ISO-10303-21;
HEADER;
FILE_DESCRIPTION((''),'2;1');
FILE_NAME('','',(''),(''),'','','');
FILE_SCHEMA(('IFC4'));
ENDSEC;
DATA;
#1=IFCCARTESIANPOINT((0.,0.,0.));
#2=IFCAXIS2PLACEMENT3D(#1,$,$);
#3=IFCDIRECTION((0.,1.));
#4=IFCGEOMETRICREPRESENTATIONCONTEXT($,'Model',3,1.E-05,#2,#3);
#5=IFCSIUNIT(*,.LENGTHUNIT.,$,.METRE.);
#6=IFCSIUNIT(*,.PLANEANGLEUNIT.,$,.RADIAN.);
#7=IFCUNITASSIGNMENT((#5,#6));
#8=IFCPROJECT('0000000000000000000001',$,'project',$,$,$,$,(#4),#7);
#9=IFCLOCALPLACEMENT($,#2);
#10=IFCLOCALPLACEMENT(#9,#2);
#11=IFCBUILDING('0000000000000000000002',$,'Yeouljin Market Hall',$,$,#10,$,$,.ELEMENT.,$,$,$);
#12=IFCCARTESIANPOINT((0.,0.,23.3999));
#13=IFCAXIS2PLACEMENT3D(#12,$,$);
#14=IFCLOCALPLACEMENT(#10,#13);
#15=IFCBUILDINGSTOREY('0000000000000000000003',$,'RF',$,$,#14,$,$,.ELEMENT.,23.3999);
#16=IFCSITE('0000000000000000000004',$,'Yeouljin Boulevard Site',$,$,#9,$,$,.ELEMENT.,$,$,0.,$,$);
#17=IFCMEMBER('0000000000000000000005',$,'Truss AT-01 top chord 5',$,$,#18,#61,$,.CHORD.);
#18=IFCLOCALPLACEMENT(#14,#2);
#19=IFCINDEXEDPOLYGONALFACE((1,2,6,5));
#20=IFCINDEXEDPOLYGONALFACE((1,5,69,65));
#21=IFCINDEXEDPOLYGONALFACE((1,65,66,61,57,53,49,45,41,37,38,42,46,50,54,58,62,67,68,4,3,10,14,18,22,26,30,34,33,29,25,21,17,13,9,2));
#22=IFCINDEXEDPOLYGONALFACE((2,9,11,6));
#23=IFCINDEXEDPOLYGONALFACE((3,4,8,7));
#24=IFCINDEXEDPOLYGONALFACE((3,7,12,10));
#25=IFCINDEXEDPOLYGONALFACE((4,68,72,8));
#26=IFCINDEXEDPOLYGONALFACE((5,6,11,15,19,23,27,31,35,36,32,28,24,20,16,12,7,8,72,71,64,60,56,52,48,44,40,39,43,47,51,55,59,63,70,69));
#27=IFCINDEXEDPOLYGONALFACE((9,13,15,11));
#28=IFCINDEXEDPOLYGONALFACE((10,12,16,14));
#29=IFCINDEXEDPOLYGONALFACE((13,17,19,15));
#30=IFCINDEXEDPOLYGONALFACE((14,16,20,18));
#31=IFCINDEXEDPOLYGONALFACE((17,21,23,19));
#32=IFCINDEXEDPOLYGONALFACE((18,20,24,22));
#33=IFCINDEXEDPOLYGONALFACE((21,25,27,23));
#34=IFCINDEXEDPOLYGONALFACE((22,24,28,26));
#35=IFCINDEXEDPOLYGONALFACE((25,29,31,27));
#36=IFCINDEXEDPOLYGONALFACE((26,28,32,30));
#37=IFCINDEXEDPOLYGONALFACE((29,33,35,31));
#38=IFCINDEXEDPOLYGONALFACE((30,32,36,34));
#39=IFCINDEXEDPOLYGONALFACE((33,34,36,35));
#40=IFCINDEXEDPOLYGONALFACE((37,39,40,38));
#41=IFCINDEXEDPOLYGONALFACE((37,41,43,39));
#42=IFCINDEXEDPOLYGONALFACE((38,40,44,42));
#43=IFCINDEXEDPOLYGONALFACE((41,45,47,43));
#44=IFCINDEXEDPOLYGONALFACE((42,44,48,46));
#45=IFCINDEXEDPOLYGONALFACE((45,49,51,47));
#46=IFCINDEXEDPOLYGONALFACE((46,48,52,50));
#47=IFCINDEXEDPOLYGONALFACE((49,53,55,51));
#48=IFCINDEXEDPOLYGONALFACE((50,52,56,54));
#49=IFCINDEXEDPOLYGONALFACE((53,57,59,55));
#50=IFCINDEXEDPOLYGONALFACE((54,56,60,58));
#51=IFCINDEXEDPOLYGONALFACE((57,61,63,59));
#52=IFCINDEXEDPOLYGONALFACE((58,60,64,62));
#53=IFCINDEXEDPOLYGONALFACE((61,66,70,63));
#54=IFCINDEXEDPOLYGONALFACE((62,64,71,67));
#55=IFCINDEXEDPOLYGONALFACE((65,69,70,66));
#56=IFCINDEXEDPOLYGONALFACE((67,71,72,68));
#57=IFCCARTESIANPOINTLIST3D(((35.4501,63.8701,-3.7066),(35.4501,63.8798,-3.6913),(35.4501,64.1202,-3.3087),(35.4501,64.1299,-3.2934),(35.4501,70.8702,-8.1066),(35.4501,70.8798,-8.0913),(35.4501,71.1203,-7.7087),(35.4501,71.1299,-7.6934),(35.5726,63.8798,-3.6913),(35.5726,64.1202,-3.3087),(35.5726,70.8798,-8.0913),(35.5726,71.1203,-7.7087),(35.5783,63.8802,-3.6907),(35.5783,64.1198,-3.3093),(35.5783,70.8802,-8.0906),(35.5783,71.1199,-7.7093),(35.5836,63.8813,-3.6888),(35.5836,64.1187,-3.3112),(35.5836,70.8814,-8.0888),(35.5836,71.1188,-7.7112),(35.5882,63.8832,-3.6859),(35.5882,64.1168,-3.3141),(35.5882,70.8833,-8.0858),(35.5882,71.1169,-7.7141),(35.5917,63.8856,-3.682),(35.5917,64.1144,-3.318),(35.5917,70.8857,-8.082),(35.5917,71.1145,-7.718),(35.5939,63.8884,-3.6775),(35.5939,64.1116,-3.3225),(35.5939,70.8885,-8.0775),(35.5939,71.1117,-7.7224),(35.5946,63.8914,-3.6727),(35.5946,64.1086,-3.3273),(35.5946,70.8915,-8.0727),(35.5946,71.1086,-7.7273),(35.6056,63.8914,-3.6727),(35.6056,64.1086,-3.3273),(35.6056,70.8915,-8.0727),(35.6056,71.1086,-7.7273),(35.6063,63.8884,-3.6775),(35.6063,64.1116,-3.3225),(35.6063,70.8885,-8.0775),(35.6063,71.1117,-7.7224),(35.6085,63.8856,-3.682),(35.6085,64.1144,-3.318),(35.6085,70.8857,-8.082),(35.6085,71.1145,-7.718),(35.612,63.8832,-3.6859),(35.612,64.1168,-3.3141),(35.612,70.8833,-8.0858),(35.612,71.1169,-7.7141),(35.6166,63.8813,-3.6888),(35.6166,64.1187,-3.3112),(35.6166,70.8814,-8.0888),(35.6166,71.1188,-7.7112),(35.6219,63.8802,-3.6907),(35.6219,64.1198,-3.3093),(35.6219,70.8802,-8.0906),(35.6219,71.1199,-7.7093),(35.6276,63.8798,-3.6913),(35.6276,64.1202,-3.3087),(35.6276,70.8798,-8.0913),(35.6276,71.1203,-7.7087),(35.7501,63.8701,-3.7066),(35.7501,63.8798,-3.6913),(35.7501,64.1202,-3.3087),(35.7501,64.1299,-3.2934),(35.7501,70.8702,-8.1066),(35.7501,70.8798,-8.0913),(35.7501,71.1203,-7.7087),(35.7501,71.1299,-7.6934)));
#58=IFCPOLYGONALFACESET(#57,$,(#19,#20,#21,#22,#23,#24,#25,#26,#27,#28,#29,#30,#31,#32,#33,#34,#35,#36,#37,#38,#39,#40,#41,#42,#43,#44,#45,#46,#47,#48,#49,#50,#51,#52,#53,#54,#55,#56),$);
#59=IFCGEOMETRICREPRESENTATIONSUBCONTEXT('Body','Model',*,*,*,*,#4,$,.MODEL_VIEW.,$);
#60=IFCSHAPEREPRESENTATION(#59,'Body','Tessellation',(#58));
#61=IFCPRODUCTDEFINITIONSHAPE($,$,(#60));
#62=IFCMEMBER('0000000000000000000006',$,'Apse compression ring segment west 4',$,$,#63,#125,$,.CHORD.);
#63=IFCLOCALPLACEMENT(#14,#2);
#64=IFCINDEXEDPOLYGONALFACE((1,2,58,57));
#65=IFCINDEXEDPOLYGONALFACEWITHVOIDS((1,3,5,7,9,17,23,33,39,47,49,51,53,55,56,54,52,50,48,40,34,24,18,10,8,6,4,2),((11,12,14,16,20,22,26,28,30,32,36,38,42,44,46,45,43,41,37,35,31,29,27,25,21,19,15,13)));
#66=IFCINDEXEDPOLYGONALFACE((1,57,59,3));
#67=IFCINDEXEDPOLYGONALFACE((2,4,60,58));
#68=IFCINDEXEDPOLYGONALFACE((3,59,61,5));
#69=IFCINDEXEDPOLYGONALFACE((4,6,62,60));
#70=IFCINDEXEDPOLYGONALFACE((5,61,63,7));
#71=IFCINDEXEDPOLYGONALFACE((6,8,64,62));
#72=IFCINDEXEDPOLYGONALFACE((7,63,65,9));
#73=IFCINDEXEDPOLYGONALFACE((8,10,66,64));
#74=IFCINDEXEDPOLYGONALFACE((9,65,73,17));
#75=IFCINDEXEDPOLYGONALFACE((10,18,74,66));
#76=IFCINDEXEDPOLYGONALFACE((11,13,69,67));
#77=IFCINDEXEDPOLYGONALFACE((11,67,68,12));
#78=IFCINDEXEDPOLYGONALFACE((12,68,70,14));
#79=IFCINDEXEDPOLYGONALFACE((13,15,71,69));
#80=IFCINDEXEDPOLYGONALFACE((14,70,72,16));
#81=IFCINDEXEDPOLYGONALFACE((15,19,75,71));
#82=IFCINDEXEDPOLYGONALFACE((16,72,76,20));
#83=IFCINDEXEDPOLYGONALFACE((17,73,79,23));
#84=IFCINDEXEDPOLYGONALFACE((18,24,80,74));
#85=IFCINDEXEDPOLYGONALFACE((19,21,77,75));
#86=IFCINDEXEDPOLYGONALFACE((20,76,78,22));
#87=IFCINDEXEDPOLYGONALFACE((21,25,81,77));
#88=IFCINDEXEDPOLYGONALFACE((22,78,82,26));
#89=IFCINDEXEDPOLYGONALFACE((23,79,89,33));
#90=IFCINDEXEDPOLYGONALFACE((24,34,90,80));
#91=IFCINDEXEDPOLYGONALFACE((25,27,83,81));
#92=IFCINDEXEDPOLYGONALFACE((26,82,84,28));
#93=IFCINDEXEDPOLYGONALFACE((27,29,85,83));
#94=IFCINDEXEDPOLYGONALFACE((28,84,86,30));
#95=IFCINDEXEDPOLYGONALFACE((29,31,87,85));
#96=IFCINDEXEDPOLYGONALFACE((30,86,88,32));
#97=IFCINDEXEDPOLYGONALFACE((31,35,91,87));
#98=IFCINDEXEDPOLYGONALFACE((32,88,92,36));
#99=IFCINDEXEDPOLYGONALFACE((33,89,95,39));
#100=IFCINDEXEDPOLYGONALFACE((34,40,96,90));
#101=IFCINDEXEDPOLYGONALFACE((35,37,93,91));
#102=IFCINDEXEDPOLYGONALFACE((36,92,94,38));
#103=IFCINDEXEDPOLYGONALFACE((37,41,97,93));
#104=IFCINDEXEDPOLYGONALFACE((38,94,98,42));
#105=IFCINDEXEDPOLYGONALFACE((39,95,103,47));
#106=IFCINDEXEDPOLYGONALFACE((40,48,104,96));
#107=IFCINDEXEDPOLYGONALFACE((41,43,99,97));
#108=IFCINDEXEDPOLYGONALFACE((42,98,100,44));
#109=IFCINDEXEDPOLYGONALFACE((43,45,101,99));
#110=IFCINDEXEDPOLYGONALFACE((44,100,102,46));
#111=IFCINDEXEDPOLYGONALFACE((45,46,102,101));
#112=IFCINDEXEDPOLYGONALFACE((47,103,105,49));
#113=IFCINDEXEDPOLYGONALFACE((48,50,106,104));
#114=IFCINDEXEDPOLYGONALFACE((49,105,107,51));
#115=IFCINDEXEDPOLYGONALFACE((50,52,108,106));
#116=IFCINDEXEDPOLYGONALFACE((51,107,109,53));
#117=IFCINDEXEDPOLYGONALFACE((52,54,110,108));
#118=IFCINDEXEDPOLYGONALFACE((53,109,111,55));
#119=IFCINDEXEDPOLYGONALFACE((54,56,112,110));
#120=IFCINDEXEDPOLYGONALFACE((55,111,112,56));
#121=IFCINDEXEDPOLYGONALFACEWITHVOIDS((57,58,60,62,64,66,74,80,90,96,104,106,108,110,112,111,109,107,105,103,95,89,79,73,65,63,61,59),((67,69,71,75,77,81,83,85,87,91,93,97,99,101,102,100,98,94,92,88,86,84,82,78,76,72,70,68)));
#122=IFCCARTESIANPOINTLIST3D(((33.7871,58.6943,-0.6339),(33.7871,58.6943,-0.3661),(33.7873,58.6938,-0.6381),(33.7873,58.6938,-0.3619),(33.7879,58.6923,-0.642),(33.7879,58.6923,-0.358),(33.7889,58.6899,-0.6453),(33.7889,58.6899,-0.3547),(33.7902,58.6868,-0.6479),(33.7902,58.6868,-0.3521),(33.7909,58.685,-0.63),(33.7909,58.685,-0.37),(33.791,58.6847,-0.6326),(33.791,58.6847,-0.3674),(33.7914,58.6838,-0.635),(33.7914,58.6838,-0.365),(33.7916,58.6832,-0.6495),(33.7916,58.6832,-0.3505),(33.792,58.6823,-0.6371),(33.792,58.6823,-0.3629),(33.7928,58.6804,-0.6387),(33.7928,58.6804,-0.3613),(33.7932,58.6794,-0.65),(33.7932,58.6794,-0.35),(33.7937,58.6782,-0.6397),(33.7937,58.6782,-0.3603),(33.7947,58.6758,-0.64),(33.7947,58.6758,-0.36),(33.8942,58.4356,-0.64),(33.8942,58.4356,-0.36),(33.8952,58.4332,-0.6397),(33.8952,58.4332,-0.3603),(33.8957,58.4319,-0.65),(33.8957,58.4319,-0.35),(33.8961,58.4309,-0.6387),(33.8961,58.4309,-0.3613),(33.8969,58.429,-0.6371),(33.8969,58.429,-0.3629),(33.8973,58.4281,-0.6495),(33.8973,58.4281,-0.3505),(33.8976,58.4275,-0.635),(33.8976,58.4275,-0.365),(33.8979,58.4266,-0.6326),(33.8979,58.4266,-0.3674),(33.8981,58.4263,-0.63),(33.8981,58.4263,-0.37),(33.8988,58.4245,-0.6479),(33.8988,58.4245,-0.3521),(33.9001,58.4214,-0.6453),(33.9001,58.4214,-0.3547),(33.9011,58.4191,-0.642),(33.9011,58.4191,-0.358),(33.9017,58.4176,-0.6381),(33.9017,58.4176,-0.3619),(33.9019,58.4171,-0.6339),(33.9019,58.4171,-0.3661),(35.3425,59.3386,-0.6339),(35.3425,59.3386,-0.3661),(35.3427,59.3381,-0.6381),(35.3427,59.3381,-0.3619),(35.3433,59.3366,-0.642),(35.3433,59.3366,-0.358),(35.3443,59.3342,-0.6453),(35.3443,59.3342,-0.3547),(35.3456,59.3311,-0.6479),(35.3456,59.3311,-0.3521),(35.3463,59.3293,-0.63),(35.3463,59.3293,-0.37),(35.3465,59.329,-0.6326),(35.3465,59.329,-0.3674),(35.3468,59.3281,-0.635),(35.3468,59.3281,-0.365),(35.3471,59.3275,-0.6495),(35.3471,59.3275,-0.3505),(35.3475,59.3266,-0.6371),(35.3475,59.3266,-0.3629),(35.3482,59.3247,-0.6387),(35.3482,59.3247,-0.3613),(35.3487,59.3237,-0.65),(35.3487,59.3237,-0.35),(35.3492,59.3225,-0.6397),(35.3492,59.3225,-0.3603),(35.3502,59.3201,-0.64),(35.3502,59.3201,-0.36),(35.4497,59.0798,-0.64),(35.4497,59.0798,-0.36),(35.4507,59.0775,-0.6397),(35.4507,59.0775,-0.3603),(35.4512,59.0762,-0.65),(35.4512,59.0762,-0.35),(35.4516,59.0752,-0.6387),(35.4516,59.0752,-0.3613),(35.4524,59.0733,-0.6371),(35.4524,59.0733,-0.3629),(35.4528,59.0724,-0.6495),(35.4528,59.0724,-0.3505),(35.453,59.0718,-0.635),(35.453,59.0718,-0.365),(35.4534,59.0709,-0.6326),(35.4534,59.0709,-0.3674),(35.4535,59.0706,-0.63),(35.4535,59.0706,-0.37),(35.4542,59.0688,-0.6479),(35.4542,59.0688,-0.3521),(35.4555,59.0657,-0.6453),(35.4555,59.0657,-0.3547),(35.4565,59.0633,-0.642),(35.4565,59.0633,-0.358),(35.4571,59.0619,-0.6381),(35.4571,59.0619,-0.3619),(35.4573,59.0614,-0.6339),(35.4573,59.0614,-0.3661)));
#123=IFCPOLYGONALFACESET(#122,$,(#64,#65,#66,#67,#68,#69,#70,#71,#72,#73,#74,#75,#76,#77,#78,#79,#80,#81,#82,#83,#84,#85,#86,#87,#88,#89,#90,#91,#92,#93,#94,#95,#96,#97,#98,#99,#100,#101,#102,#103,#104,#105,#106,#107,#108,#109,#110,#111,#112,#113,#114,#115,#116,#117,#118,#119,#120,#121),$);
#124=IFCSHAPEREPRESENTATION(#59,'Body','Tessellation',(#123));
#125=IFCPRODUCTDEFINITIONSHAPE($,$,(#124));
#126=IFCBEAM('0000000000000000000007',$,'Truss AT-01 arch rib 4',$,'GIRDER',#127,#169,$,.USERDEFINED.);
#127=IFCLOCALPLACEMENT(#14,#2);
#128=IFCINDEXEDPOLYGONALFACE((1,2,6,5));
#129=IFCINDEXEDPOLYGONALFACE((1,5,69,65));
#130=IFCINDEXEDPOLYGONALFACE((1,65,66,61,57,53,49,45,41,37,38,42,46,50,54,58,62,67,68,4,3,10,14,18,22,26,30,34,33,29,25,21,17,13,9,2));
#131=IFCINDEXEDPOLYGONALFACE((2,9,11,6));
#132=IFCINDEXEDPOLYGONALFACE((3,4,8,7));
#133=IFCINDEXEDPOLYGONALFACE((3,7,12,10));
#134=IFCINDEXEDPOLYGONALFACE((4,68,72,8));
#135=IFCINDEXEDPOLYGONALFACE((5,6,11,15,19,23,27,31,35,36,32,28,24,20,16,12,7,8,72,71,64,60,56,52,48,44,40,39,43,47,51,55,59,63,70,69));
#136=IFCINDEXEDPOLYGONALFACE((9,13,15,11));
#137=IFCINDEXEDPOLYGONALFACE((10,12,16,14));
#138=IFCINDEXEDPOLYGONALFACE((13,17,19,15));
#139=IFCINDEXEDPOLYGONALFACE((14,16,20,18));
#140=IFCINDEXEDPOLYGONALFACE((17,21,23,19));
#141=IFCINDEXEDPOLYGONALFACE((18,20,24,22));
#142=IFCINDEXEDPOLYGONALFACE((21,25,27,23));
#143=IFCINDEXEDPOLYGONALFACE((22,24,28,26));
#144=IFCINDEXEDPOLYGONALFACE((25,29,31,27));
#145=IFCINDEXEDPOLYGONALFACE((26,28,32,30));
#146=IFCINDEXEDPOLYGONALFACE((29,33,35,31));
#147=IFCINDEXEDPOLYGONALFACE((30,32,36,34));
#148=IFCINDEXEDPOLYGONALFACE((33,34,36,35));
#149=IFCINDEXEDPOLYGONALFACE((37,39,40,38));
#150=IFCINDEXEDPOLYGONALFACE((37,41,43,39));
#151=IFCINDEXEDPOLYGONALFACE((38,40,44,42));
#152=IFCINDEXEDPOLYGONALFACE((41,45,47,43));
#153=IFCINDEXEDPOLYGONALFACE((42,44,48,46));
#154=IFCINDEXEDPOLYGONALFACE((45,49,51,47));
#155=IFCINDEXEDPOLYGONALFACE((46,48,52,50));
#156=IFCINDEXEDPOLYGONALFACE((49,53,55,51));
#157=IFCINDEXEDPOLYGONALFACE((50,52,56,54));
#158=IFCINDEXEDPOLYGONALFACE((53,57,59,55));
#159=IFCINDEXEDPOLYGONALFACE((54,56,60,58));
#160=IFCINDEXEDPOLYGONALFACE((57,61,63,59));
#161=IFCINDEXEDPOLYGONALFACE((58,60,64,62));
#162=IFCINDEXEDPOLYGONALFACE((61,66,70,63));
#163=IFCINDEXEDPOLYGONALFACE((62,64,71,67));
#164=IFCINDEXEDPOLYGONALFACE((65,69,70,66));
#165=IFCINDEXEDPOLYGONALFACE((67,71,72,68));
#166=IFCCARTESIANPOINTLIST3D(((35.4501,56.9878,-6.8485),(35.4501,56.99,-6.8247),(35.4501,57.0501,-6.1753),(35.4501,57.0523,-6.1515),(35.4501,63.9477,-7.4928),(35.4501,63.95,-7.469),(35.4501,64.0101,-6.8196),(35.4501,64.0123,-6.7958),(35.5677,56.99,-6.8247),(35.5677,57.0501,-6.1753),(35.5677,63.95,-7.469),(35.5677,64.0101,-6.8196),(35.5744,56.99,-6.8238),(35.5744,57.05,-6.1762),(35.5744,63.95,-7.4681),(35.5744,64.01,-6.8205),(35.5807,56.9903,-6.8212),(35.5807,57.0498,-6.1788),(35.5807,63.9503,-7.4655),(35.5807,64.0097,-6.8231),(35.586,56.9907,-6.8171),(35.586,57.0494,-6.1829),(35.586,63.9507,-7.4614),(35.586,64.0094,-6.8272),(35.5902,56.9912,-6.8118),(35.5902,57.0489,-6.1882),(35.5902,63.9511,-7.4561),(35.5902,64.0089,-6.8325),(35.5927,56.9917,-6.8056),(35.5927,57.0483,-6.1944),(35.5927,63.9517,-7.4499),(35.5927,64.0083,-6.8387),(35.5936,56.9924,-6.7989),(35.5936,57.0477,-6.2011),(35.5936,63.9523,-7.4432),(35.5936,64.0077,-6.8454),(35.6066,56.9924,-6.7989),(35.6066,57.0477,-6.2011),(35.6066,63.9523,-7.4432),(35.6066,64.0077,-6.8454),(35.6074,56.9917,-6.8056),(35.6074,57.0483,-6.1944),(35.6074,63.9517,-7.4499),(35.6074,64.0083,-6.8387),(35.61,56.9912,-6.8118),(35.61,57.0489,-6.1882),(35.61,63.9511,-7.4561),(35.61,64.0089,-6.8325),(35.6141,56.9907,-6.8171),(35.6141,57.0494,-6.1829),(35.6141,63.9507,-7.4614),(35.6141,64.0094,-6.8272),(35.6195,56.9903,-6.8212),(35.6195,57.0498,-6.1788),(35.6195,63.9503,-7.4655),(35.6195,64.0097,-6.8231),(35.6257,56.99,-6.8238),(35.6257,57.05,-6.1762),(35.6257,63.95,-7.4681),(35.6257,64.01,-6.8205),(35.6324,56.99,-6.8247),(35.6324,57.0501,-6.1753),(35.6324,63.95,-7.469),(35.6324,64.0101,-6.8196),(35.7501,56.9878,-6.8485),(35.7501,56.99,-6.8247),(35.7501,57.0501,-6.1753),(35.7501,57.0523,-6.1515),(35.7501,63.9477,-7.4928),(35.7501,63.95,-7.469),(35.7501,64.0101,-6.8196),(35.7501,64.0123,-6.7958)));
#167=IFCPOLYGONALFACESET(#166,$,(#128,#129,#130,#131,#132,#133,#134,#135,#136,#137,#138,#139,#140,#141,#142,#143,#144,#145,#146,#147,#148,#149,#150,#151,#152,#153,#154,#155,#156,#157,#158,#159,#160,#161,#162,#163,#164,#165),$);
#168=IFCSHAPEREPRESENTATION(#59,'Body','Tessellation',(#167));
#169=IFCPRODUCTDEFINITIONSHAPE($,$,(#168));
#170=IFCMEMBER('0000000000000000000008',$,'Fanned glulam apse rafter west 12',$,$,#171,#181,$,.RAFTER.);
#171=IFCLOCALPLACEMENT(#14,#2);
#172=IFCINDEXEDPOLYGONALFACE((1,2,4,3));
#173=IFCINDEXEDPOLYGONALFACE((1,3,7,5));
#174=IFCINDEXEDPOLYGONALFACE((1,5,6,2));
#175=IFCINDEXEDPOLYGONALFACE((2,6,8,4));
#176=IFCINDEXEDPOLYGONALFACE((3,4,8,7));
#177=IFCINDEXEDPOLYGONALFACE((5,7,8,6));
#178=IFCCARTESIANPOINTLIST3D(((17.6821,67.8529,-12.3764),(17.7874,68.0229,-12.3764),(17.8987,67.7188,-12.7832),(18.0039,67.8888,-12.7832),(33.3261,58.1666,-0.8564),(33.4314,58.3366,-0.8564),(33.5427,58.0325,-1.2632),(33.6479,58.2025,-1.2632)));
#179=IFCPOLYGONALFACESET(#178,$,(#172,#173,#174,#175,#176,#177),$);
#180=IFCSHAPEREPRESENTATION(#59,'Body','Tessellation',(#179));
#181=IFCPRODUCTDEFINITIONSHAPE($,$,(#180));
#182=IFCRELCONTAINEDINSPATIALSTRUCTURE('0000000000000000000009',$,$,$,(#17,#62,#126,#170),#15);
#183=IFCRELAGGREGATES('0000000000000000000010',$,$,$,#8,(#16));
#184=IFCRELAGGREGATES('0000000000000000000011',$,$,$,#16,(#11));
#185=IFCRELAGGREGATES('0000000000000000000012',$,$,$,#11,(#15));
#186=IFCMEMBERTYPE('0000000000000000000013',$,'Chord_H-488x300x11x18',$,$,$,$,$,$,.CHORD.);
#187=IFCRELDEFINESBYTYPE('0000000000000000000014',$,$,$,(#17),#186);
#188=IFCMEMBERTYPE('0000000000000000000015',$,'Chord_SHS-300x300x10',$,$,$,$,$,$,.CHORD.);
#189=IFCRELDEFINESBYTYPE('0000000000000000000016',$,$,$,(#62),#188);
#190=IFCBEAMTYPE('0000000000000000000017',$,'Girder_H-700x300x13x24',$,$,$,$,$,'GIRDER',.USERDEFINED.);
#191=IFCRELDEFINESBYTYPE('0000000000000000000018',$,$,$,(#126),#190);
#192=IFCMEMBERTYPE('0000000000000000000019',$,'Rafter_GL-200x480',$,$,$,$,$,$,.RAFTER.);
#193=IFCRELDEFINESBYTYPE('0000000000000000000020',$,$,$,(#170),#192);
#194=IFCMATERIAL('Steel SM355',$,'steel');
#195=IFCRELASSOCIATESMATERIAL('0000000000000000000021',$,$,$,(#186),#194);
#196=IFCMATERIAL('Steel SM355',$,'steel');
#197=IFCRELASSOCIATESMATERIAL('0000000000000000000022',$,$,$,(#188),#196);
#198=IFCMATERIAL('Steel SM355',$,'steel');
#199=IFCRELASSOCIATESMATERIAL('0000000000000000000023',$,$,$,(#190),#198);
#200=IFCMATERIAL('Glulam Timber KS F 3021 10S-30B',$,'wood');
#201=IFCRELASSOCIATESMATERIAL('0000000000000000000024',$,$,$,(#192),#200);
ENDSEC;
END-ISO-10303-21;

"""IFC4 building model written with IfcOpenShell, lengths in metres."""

from ifc_helpers import new_model, si_unit, direction, frame, origin, origin_2d, place, context, subcontext, project, spatial, rectangle, hollow_rectangle, i_section, extrude, material, material_profile, profile_set, type_object, element, save


model = new_model("IFC4")

# Units and contexts
model_context = context("Model", 3, precision=1e-05, world=origin(), true_north=direction((0.0, 1.0)))
body_context = subcontext(model_context, "Body", "Model", "MODEL_VIEW")
ifc_project = project(units=[si_unit("LENGTHUNIT", "METRE"), si_unit("PLANEANGLEUNIT", "RADIAN")], contexts=[model_context])

# Site, building, storey
site_placement = place(None, origin())
site = spatial("IfcSite", under=ifc_project, at=site_placement, Name="Yeouljin Boulevard Site", CompositionType="ELEMENT", RefElevation=0.0)
building_placement = place(site_placement, origin())
building = spatial("IfcBuilding", under=site, at=building_placement, Name="Yeouljin Market Hall", CompositionType="ELEMENT")
storey_placement = place(building_placement, frame((0.0, 0.0, 23.3999)))
storey = spatial("IfcBuildingStorey", under=building, at=storey_placement, Name="RF", CompositionType="ELEMENT", Elevation=23.3999)

# Members
ifc_material_1 = material(Name="Steel SM355", Category="steel")
ifc_material_profile_1 = material_profile(ifc_material_1, i_section(OverallWidth=0.3, OverallDepth=0.488, WebThickness=0.011, FlangeThickness=0.0181, FilletRadius=0.022, at=origin_2d()), Name="H-488x300x11x18")
ifc_profile_set_1 = profile_set([ifc_material_profile_1], Name="Steel SM355")
member_type_1 = type_object("IfcMemberType", Name="Chord_H-488x300x11x18", PredefinedType="CHORD", material=ifc_profile_set_1)
for number, where, z_axis, x_axis, name in (
    (1, (35.6001, 64.0, -3.5), (0.0, 0.846642, -0.532163), (-1.0, 0.0, 0.0), "Truss AT-01 top chord 5"),
):
    element("IfcMember", number, at=place(storey_placement, frame(where, z_axis=z_axis, x_axis=x_axis)), inside=storey, type_object=member_type_1, Name=name, PredefinedType="CHORD", context=body_context, shape_type="SweptSolid", body=[
        extrude(i_section(OverallWidth=0.3, OverallDepth=0.488, WebThickness=0.011, FlangeThickness=0.0181, FilletRadius=0.022, at=origin_2d()), origin(), (0.0, 0.0, 1.0), 8.2681),
    ])
ifc_material_2 = material(Name="Steel SM355", Category="steel")
ifc_material_profile_2 = material_profile(ifc_material_2, hollow_rectangle(XDim=0.3, YDim=0.3, WallThickness=0.01, InnerFilletRadius=0.01, OuterFilletRadius=0.0161, at=origin_2d()), Name="SHS-300x300x10")
ifc_profile_set_2 = profile_set([ifc_material_profile_2], Name="Steel SM355")
member_type_2 = type_object("IfcMemberType", Name="Chord_SHS-300x300x10", PredefinedType="CHORD", material=ifc_profile_set_2)
member_1_placement = place(storey_placement, frame((33.8445, 58.5557, -0.5), z_axis=(0.923877, 0.382689, 0.0), x_axis=(-0.382689, 0.923877, 0.0)))
element("IfcMember", 2, at=member_1_placement, inside=storey, type_object=member_type_2, Name="Apse compression ring segment west 4", PredefinedType="CHORD", context=body_context, shape_type="SweptSolid", body=[
    extrude(hollow_rectangle(XDim=0.3, YDim=0.3, WallThickness=0.01, InnerFilletRadius=0.01, OuterFilletRadius=0.0161, at=origin_2d()), origin(), (0.0, 0.0, 1.0), 1.6836),
])

# Beam
ifc_material_3 = material(Name="Steel SM355", Category="steel")
ifc_material_profile_3 = material_profile(ifc_material_3, i_section(OverallWidth=0.3, OverallDepth=0.7, WebThickness=0.0129, FlangeThickness=0.0239, FilletRadius=0.0259, at=origin_2d()), Name="H-700x300x13x24")
ifc_profile_set_3 = profile_set([ifc_material_profile_3], Name="Steel SM355")
beam_type_1 = type_object("IfcBeamType", Name="Girder_H-700x300x13x24", ElementType="GIRDER", PredefinedType="USERDEFINED", material=ifc_profile_set_3)
beam_1_placement = place(storey_placement, frame((35.6001, 57.02, -6.5), z_axis=(0.0, 0.995743, -0.092176), x_axis=(-1.0, 0.0, 0.0)))
element("IfcBeam", 3, at=beam_1_placement, inside=storey, type_object=beam_type_1, Name="Truss AT-01 arch rib 4", ObjectType="GIRDER", PredefinedType="USERDEFINED", context=body_context, shape_type="SweptSolid", body=[
    extrude(i_section(OverallWidth=0.3, OverallDepth=0.7, WebThickness=0.0129, FlangeThickness=0.0239, FilletRadius=0.0259, at=origin_2d()), origin(), (0.0, 0.0, 1.0), 6.9897),
])

# Member
ifc_material_4 = material(Name="Glulam Timber KS F 3021 10S-30B", Category="wood")
ifc_material_profile_4 = material_profile(ifc_material_4, rectangle(XDim=0.2, YDim=0.48, at=origin_2d()), Name="GL-200x480")
ifc_profile_set_4 = profile_set([ifc_material_profile_4], Name="Glulam Timber KS F 3021 10S-30B")
member_type_3 = type_object("IfcMemberType", Name="Rafter_GL-200x480", PredefinedType="RAFTER", material=ifc_profile_set_4)
member_2_placement = place(storey_placement, frame((17.843, 67.8708, -12.5798), z_axis=(0.720632, -0.446192, 0.530662), x_axis=(0.526428, 0.85022, 0.0)))
element("IfcMember", 4, at=member_2_placement, inside=storey, type_object=member_type_3, Name="Fanned glulam apse rafter west 12", PredefinedType="RAFTER", context=body_context, shape_type="SweptSolid", body=[
    extrude(rectangle(XDim=0.2, YDim=0.48, at=origin_2d()), origin(), (0.0, 0.0, 1.0), 21.7087),
])

save(model, "model.ifc")
